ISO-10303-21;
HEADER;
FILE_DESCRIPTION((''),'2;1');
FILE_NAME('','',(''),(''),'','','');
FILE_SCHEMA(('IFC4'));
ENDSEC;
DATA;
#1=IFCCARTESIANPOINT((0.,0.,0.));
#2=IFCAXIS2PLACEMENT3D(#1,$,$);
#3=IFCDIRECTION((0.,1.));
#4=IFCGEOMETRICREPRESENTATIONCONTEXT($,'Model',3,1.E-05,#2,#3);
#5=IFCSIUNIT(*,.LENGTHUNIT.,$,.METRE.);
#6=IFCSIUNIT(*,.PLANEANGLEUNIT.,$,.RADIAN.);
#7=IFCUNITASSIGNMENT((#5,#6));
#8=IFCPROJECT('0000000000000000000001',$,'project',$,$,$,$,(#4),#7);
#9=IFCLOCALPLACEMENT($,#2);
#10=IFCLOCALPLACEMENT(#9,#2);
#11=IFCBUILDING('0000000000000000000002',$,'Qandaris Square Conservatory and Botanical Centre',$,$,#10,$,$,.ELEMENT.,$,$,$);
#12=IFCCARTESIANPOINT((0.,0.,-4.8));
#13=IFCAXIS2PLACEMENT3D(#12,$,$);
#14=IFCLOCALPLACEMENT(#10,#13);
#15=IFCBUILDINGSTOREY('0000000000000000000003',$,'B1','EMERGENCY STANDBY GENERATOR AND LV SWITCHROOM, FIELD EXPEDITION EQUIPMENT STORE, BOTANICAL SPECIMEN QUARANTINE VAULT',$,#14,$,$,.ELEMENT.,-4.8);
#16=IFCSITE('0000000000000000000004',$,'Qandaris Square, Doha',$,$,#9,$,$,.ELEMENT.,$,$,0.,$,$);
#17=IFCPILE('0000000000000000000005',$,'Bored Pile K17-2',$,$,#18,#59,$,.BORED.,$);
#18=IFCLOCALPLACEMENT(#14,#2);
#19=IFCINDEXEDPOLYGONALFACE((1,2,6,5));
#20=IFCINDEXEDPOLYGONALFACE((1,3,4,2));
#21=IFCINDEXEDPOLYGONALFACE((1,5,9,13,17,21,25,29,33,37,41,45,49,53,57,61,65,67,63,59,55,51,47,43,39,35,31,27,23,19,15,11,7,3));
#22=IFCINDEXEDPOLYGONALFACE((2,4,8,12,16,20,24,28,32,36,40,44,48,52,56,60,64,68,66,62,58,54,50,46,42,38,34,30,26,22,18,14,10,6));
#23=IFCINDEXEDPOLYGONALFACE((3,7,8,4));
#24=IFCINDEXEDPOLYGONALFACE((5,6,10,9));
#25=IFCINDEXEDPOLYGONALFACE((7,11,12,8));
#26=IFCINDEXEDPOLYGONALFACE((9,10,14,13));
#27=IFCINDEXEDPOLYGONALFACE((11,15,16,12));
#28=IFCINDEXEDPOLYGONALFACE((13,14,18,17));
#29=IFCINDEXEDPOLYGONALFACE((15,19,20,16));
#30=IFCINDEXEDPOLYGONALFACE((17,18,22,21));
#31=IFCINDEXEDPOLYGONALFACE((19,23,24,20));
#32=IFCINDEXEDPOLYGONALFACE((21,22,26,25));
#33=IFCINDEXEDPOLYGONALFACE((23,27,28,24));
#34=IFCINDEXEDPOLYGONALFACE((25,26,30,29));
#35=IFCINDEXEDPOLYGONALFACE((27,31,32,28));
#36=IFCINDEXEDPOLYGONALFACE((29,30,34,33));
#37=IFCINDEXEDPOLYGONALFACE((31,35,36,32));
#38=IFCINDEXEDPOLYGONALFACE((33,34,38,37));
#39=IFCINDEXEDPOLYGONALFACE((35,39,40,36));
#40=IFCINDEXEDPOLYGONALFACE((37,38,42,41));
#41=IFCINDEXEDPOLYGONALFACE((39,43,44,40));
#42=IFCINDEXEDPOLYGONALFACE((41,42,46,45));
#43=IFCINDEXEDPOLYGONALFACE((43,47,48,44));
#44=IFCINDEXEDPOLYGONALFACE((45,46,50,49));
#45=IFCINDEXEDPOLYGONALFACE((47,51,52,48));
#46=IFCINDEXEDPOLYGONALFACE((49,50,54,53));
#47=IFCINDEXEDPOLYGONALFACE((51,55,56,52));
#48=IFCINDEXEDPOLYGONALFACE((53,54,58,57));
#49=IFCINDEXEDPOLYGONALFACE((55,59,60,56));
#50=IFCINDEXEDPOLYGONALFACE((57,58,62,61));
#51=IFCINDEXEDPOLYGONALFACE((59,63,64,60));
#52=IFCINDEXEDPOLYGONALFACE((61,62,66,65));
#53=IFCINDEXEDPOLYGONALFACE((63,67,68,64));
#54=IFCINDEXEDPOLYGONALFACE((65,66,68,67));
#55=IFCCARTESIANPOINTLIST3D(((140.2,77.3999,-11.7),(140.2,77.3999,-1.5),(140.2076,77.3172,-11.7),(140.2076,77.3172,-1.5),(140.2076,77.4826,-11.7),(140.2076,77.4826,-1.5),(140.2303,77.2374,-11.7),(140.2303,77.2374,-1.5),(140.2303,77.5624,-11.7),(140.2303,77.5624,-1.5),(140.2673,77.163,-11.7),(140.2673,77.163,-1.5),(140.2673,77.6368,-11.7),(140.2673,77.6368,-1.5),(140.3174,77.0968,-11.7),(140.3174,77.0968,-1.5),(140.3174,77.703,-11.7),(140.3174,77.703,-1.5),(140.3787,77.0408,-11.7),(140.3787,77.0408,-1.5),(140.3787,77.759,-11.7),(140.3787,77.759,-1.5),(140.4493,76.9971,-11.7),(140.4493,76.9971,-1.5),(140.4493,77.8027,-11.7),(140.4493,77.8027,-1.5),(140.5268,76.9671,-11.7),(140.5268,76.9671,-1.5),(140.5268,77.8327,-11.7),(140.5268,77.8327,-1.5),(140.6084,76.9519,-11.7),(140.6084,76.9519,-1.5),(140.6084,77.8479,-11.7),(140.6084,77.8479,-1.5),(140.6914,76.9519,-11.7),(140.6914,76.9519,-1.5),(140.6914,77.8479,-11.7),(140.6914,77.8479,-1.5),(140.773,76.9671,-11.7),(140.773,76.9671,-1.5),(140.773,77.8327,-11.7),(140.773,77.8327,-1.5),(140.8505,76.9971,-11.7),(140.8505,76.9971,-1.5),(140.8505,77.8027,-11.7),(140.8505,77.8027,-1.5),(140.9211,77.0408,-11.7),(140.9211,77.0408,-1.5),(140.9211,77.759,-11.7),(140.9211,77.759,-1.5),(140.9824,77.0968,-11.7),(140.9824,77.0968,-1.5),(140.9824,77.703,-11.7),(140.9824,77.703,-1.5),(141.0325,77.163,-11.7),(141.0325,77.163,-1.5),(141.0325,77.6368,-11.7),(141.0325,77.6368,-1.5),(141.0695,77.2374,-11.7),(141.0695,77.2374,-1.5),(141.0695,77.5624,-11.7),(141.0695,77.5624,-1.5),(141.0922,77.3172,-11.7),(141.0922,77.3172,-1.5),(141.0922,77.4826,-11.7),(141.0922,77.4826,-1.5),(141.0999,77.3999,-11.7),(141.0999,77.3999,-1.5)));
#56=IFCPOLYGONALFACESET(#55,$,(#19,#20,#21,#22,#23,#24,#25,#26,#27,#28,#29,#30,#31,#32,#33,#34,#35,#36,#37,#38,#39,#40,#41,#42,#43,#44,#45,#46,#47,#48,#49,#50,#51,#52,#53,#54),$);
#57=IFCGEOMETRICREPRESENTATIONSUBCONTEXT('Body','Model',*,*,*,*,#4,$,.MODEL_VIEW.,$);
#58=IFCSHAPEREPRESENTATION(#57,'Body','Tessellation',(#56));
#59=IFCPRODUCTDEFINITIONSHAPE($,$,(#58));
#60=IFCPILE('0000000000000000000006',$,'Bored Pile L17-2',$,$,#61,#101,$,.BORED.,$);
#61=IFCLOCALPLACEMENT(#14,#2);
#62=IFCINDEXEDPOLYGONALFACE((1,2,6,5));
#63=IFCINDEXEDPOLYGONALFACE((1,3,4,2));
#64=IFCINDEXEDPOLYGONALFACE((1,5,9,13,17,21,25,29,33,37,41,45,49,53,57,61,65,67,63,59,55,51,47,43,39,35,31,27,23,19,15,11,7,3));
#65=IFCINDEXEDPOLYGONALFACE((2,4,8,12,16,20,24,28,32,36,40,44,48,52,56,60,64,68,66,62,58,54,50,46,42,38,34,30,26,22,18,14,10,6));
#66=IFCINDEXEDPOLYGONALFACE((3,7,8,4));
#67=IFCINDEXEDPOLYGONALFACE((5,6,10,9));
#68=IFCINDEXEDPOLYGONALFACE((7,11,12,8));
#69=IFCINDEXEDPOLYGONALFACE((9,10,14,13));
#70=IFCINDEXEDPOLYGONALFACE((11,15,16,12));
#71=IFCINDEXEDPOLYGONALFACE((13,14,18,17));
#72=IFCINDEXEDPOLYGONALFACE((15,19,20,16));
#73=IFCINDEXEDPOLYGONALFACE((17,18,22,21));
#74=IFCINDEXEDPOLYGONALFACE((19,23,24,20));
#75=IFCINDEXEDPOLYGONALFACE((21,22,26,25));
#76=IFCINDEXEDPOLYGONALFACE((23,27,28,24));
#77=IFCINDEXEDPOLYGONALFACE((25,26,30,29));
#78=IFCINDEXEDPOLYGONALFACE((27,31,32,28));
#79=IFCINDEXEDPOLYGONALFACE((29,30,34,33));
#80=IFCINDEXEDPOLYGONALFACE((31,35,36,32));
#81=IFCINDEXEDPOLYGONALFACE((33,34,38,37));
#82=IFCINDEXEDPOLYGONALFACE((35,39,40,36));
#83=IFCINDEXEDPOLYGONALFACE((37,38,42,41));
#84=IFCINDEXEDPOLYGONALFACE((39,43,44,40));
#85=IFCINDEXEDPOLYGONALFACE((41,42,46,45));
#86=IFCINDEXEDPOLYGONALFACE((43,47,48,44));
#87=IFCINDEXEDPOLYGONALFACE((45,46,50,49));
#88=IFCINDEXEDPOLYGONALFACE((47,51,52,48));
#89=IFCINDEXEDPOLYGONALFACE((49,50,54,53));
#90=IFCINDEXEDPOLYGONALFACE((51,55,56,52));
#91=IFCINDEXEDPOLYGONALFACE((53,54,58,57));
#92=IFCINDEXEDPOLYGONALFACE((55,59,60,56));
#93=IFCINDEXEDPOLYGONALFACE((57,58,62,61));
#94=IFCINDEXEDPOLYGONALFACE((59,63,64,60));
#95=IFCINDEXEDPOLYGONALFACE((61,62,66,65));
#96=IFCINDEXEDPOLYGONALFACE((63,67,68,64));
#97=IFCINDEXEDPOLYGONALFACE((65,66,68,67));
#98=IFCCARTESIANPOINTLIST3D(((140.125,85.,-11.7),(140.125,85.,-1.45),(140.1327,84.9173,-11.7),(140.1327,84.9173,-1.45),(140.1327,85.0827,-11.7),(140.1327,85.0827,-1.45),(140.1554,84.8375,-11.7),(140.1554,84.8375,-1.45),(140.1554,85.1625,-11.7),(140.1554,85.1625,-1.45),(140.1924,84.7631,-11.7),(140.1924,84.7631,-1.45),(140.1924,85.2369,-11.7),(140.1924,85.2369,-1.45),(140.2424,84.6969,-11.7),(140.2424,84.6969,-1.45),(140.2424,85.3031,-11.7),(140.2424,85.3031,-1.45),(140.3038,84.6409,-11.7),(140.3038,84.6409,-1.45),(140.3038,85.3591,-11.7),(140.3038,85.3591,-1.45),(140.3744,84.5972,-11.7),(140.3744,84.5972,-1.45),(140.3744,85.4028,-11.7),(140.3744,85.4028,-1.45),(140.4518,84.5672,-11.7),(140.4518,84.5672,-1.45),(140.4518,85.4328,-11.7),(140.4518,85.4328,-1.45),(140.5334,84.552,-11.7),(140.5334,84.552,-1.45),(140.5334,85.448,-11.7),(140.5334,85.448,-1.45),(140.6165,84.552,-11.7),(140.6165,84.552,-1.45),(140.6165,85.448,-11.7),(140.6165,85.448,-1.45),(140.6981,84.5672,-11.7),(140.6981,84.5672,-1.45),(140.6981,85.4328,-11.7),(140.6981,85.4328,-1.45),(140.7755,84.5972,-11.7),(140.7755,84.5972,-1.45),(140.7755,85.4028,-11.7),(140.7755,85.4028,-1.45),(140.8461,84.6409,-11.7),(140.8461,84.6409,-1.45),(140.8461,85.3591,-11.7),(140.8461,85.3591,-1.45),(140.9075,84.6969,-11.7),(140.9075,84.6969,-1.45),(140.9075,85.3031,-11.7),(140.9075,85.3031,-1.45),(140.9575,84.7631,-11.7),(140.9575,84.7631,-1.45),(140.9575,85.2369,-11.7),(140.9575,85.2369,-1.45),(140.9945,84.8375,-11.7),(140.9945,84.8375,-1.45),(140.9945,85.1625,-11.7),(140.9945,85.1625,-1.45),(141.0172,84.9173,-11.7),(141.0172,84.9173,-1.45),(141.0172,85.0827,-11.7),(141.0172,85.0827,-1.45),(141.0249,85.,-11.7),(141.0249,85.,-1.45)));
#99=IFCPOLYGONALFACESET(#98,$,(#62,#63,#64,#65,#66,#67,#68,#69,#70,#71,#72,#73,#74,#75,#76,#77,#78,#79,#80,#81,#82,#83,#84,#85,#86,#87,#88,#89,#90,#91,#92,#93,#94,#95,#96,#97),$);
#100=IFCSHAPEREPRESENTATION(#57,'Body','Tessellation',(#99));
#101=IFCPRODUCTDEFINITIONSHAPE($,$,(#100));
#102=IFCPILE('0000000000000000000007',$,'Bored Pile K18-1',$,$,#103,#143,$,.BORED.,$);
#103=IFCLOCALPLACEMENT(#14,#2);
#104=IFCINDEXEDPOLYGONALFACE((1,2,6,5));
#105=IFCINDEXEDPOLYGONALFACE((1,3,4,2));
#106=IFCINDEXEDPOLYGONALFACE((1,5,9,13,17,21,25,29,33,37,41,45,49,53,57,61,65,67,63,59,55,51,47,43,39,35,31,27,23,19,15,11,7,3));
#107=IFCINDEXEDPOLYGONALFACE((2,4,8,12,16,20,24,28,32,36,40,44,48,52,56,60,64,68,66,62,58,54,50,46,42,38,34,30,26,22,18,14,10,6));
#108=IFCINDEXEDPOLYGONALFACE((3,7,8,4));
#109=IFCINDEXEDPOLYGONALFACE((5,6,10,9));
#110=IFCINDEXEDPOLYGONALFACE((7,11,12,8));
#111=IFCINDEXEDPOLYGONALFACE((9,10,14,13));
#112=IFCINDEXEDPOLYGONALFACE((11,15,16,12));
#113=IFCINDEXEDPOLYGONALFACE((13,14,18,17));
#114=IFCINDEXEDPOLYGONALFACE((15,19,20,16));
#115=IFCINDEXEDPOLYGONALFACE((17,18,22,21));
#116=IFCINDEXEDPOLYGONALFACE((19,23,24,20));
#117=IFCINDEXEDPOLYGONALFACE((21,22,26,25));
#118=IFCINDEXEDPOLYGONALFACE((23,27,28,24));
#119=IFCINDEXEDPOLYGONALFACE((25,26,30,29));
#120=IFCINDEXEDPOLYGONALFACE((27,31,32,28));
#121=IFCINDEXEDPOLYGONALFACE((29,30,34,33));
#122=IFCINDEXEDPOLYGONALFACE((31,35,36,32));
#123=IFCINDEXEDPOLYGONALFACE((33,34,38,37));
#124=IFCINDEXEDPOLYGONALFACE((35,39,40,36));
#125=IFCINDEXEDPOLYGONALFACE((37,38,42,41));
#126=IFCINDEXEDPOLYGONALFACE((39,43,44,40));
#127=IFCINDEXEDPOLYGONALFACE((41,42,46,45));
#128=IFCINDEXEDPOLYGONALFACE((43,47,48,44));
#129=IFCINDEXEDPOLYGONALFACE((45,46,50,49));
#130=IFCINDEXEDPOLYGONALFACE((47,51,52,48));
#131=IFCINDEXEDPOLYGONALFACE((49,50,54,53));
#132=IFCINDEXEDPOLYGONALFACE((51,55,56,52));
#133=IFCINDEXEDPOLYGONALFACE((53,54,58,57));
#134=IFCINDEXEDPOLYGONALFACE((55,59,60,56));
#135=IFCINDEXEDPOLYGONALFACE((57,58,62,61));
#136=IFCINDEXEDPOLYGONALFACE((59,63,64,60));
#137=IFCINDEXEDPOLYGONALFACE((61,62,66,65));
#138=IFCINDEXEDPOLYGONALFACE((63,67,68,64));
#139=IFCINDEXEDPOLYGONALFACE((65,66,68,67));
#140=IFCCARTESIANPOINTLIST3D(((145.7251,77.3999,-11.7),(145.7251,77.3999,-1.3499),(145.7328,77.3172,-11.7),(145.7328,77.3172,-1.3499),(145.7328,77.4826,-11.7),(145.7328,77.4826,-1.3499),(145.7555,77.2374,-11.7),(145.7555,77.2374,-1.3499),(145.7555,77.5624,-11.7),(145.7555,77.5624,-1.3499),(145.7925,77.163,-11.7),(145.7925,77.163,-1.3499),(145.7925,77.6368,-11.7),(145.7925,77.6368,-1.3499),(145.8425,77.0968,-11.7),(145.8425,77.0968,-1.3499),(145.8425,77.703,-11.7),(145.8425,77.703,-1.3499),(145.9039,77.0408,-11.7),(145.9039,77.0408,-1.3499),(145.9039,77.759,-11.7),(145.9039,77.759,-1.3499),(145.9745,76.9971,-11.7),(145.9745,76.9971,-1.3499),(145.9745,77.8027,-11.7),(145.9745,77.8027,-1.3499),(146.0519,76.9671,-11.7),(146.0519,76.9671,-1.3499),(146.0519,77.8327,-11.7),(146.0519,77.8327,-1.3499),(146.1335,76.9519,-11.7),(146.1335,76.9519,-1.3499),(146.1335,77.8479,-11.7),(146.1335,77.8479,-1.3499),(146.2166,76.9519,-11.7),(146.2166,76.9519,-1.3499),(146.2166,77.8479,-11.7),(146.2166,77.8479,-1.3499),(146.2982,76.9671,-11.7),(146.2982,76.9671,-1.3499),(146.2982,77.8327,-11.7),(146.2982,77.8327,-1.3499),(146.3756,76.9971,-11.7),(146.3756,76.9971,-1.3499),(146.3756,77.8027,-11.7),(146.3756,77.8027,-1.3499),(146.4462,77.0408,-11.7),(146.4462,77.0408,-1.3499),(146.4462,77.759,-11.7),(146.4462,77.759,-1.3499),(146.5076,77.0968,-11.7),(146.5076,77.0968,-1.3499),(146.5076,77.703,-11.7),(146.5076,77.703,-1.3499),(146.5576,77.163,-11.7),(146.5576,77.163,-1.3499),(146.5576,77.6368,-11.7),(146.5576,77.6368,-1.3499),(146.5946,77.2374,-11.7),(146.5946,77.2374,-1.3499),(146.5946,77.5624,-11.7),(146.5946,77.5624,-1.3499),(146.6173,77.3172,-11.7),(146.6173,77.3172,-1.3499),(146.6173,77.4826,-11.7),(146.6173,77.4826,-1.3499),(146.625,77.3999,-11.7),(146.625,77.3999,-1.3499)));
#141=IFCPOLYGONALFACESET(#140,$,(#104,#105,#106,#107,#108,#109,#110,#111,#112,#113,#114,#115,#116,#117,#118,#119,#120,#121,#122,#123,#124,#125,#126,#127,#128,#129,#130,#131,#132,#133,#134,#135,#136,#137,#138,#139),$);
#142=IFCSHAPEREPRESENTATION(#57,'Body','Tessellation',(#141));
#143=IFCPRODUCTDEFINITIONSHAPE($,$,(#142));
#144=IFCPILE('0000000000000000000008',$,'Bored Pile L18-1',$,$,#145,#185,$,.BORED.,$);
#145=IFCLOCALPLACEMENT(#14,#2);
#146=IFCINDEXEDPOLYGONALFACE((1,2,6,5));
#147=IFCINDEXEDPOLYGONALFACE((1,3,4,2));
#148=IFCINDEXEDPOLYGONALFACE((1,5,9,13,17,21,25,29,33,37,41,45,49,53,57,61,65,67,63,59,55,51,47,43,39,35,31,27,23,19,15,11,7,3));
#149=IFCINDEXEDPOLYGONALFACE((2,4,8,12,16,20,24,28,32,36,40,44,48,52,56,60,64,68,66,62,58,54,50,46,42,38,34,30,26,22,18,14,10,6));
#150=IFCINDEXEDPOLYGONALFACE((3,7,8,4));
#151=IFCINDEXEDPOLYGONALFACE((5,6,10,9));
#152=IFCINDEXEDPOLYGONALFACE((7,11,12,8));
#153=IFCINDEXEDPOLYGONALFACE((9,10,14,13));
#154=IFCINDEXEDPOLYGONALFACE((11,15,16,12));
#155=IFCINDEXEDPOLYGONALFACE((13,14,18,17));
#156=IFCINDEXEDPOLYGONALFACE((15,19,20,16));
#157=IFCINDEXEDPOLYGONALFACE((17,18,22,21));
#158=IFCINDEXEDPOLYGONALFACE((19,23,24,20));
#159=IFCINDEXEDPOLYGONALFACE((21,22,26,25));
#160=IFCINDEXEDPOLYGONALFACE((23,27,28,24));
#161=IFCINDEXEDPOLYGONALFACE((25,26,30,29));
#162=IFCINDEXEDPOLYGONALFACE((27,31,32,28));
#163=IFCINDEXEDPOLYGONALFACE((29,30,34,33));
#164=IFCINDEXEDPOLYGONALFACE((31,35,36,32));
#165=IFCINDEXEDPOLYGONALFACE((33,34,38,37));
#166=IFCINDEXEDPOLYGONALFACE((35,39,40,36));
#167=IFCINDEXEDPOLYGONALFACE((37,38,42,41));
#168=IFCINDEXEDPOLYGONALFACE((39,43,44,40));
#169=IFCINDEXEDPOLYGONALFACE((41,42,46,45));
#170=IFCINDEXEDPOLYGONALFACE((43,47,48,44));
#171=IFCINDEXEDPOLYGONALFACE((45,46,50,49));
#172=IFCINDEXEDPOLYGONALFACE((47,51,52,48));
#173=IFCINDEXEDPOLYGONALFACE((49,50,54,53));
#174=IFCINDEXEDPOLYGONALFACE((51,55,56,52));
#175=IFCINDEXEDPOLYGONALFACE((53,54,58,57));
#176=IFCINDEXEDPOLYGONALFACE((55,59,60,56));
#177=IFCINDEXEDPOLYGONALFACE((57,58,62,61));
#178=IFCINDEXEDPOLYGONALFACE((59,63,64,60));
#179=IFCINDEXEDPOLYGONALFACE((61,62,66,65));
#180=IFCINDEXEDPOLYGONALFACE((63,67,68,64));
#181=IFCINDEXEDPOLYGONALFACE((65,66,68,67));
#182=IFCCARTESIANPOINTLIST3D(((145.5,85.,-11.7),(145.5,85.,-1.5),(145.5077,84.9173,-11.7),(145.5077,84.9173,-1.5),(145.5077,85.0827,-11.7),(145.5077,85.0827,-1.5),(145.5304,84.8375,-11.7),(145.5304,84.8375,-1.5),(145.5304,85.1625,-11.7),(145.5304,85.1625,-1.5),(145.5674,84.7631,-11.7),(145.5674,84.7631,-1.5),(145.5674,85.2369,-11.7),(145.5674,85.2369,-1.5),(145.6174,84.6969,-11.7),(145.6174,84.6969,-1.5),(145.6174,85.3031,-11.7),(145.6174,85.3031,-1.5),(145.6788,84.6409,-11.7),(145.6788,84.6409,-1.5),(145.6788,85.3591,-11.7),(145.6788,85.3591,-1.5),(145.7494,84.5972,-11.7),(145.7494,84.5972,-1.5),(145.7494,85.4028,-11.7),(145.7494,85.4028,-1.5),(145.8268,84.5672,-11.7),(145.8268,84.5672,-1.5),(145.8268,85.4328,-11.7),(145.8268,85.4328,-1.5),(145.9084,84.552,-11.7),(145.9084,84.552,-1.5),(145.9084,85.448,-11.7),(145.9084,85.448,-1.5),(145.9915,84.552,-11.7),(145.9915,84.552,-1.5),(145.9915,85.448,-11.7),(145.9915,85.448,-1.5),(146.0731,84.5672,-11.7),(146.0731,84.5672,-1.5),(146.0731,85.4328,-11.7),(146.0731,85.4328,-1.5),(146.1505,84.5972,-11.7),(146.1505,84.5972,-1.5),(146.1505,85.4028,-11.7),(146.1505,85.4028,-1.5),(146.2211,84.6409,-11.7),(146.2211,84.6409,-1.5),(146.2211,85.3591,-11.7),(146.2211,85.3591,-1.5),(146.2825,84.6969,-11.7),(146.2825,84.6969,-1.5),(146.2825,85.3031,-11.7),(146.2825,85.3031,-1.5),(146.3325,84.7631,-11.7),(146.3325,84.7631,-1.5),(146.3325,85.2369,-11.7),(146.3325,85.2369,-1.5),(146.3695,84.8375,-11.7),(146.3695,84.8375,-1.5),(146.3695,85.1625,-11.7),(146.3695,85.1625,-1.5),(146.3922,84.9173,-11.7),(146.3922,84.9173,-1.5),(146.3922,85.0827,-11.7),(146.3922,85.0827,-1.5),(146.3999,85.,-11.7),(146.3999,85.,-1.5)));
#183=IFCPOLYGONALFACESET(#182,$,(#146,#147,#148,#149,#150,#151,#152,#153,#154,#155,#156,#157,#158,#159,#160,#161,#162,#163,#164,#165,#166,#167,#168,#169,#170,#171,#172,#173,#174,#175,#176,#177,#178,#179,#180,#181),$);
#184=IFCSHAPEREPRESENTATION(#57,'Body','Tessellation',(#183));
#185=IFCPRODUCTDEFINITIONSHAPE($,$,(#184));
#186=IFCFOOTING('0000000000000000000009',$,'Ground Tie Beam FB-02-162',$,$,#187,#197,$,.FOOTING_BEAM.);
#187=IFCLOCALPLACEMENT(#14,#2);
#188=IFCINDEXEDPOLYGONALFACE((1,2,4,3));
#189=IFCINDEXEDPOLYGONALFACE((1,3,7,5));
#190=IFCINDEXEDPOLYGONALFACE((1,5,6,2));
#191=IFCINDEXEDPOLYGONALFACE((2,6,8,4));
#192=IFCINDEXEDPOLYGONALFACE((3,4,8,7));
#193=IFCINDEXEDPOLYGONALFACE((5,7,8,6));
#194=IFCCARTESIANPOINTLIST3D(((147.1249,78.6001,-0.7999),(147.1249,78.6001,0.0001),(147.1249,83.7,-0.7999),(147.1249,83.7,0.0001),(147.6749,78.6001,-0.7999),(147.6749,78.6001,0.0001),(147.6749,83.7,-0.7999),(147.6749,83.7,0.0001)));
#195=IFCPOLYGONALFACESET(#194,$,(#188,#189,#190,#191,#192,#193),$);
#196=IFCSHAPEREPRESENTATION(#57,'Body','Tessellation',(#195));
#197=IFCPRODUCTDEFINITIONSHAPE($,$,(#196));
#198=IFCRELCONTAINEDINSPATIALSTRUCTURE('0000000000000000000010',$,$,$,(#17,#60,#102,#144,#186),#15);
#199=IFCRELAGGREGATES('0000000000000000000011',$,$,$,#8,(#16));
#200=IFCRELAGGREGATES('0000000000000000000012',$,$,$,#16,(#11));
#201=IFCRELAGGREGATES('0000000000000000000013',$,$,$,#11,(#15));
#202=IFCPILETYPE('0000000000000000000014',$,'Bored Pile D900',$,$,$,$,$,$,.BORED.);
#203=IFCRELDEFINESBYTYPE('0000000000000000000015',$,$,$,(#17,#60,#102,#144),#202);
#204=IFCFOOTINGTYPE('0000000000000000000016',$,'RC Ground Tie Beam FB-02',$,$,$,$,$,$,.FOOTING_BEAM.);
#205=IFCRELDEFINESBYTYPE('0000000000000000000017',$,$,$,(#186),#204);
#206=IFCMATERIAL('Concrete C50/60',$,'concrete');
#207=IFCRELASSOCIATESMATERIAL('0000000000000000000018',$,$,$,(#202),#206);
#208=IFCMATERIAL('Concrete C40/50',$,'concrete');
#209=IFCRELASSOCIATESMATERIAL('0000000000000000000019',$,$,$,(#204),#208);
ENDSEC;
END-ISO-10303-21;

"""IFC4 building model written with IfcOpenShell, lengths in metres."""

from ifc_helpers import new_model, si_unit, direction, frame, origin, origin_2d, place, context, subcontext, project, spatial, rectangle, circle, extrude, material, material_profile, profile_set, type_object, element, save


model = new_model("IFC4")

# Units and contexts
model_context = context("Model", 3, precision=1e-05, world=origin(), true_north=direction((0.0, 1.0)))
body_context = subcontext(model_context, "Body", "Model", "MODEL_VIEW")
ifc_project = project(units=[si_unit("LENGTHUNIT", "METRE"), si_unit("PLANEANGLEUNIT", "RADIAN")], contexts=[model_context])

# Site, building, storey
site_placement = place(None, origin())
site = spatial("IfcSite", under=ifc_project, at=site_placement, Name="Qandaris Square, Doha", CompositionType="ELEMENT", RefElevation=0.0)
building_placement = place(site_placement, origin())
building = spatial("IfcBuilding", under=site, at=building_placement, Name="Qandaris Square Conservatory and Botanical Centre", CompositionType="ELEMENT")
storey_placement = place(building_placement, frame((0.0, 0.0, -4.8)))
storey = spatial("IfcBuildingStorey", under=building, at=storey_placement, Name="B1", Description="EMERGENCY STANDBY GENERATOR AND LV SWITCHROOM, FIELD EXPEDITION EQUIPMENT STORE, BOTANICAL SPECIMEN QUARANTINE VAULT", CompositionType="ELEMENT", Elevation=-4.8)

# Piles
ifc_material_1 = material(Name="Concrete C50/60", Category="concrete")
ifc_material_profile_1 = material_profile(ifc_material_1, circle(Radius=0.45, at=origin_2d()), Name="PILE D900")
ifc_profile_set_1 = profile_set([ifc_material_profile_1], Name="Concrete C50/60")
pile_type = type_object("IfcPileType", Name="Bored Pile D900", PredefinedType="BORED", material=ifc_profile_set_1)
pile_1_placement = place(storey_placement, frame((140.6499, 77.3999, -1.5), z_axis=(0.0, 0.0, -1.0), x_axis=(1.0, 0.0, 0.0)))
element("IfcPile", 1, at=pile_1_placement, inside=storey, type_object=pile_type, Name="Bored Pile K17-2", PredefinedType="BORED", context=body_context, shape_type="SweptSolid", body=[
    extrude(circle(Radius=0.45, at=origin_2d()), origin(), (0.0, 0.0, 1.0), 10.2),
])
pile_2_placement = place(storey_placement, frame((140.575, 85.0, -1.45), z_axis=(0.0, 0.0, -1.0), x_axis=(1.0, 0.0, 0.0)))
element("IfcPile", 2, at=pile_2_placement, inside=storey, type_object=pile_type, Name="Bored Pile L17-2", PredefinedType="BORED", context=body_context, shape_type="SweptSolid", body=[
    extrude(circle(Radius=0.45, at=origin_2d()), origin(), (0.0, 0.0, 1.0), 10.25),
])
pile_3_placement = place(storey_placement, frame((146.175, 77.3999, -1.3499), z_axis=(0.0, 0.0, -1.0), x_axis=(1.0, 0.0, 0.0)))
element("IfcPile", 3, at=pile_3_placement, inside=storey, type_object=pile_type, Name="Bored Pile K18-1", PredefinedType="BORED", context=body_context, shape_type="SweptSolid", body=[
    extrude(circle(Radius=0.45, at=origin_2d()), origin(), (0.0, 0.0, 1.0), 10.3501),
])
pile_4_placement = place(storey_placement, frame((145.95, 85.0, -1.5), z_axis=(0.0, 0.0, -1.0), x_axis=(1.0, 0.0, 0.0)))
element("IfcPile", 4, at=pile_4_placement, inside=storey, type_object=pile_type, Name="Bored Pile L18-1", PredefinedType="BORED", context=body_context, shape_type="SweptSolid", body=[
    extrude(circle(Radius=0.45, at=origin_2d()), origin(), (0.0, 0.0, 1.0), 10.2),
])

# Footing
ifc_material_2 = material(Name="Concrete C40/50", Category="concrete")
ifc_material_profile_2 = material_profile(ifc_material_2, rectangle(XDim=0.55, YDim=0.8, at=origin_2d()), Name="FB 550x800")
ifc_profile_set_2 = profile_set([ifc_material_profile_2], Name="Concrete C40/50")
footing_type_1 = type_object("IfcFootingType", Name="RC Ground Tie Beam FB-02", PredefinedType="FOOTING_BEAM", material=ifc_profile_set_2)
footing_1_placement = place(storey_placement, frame((147.3999, 78.6001, -0.3999), z_axis=(0.0, 1.0, 0.0), x_axis=(-1.0, 0.0, 0.0)))
element("IfcFooting", 5, at=footing_1_placement, inside=storey, type_object=footing_type_1, Name="Ground Tie Beam FB-02-162", PredefinedType="FOOTING_BEAM", context=body_context, shape_type="SweptSolid", body=[
    extrude(rectangle(XDim=0.55, YDim=0.8, at=origin_2d()), origin(), (0.0, 0.0, 1.0), 5.0999),
])

save(model, "model.ifc")
